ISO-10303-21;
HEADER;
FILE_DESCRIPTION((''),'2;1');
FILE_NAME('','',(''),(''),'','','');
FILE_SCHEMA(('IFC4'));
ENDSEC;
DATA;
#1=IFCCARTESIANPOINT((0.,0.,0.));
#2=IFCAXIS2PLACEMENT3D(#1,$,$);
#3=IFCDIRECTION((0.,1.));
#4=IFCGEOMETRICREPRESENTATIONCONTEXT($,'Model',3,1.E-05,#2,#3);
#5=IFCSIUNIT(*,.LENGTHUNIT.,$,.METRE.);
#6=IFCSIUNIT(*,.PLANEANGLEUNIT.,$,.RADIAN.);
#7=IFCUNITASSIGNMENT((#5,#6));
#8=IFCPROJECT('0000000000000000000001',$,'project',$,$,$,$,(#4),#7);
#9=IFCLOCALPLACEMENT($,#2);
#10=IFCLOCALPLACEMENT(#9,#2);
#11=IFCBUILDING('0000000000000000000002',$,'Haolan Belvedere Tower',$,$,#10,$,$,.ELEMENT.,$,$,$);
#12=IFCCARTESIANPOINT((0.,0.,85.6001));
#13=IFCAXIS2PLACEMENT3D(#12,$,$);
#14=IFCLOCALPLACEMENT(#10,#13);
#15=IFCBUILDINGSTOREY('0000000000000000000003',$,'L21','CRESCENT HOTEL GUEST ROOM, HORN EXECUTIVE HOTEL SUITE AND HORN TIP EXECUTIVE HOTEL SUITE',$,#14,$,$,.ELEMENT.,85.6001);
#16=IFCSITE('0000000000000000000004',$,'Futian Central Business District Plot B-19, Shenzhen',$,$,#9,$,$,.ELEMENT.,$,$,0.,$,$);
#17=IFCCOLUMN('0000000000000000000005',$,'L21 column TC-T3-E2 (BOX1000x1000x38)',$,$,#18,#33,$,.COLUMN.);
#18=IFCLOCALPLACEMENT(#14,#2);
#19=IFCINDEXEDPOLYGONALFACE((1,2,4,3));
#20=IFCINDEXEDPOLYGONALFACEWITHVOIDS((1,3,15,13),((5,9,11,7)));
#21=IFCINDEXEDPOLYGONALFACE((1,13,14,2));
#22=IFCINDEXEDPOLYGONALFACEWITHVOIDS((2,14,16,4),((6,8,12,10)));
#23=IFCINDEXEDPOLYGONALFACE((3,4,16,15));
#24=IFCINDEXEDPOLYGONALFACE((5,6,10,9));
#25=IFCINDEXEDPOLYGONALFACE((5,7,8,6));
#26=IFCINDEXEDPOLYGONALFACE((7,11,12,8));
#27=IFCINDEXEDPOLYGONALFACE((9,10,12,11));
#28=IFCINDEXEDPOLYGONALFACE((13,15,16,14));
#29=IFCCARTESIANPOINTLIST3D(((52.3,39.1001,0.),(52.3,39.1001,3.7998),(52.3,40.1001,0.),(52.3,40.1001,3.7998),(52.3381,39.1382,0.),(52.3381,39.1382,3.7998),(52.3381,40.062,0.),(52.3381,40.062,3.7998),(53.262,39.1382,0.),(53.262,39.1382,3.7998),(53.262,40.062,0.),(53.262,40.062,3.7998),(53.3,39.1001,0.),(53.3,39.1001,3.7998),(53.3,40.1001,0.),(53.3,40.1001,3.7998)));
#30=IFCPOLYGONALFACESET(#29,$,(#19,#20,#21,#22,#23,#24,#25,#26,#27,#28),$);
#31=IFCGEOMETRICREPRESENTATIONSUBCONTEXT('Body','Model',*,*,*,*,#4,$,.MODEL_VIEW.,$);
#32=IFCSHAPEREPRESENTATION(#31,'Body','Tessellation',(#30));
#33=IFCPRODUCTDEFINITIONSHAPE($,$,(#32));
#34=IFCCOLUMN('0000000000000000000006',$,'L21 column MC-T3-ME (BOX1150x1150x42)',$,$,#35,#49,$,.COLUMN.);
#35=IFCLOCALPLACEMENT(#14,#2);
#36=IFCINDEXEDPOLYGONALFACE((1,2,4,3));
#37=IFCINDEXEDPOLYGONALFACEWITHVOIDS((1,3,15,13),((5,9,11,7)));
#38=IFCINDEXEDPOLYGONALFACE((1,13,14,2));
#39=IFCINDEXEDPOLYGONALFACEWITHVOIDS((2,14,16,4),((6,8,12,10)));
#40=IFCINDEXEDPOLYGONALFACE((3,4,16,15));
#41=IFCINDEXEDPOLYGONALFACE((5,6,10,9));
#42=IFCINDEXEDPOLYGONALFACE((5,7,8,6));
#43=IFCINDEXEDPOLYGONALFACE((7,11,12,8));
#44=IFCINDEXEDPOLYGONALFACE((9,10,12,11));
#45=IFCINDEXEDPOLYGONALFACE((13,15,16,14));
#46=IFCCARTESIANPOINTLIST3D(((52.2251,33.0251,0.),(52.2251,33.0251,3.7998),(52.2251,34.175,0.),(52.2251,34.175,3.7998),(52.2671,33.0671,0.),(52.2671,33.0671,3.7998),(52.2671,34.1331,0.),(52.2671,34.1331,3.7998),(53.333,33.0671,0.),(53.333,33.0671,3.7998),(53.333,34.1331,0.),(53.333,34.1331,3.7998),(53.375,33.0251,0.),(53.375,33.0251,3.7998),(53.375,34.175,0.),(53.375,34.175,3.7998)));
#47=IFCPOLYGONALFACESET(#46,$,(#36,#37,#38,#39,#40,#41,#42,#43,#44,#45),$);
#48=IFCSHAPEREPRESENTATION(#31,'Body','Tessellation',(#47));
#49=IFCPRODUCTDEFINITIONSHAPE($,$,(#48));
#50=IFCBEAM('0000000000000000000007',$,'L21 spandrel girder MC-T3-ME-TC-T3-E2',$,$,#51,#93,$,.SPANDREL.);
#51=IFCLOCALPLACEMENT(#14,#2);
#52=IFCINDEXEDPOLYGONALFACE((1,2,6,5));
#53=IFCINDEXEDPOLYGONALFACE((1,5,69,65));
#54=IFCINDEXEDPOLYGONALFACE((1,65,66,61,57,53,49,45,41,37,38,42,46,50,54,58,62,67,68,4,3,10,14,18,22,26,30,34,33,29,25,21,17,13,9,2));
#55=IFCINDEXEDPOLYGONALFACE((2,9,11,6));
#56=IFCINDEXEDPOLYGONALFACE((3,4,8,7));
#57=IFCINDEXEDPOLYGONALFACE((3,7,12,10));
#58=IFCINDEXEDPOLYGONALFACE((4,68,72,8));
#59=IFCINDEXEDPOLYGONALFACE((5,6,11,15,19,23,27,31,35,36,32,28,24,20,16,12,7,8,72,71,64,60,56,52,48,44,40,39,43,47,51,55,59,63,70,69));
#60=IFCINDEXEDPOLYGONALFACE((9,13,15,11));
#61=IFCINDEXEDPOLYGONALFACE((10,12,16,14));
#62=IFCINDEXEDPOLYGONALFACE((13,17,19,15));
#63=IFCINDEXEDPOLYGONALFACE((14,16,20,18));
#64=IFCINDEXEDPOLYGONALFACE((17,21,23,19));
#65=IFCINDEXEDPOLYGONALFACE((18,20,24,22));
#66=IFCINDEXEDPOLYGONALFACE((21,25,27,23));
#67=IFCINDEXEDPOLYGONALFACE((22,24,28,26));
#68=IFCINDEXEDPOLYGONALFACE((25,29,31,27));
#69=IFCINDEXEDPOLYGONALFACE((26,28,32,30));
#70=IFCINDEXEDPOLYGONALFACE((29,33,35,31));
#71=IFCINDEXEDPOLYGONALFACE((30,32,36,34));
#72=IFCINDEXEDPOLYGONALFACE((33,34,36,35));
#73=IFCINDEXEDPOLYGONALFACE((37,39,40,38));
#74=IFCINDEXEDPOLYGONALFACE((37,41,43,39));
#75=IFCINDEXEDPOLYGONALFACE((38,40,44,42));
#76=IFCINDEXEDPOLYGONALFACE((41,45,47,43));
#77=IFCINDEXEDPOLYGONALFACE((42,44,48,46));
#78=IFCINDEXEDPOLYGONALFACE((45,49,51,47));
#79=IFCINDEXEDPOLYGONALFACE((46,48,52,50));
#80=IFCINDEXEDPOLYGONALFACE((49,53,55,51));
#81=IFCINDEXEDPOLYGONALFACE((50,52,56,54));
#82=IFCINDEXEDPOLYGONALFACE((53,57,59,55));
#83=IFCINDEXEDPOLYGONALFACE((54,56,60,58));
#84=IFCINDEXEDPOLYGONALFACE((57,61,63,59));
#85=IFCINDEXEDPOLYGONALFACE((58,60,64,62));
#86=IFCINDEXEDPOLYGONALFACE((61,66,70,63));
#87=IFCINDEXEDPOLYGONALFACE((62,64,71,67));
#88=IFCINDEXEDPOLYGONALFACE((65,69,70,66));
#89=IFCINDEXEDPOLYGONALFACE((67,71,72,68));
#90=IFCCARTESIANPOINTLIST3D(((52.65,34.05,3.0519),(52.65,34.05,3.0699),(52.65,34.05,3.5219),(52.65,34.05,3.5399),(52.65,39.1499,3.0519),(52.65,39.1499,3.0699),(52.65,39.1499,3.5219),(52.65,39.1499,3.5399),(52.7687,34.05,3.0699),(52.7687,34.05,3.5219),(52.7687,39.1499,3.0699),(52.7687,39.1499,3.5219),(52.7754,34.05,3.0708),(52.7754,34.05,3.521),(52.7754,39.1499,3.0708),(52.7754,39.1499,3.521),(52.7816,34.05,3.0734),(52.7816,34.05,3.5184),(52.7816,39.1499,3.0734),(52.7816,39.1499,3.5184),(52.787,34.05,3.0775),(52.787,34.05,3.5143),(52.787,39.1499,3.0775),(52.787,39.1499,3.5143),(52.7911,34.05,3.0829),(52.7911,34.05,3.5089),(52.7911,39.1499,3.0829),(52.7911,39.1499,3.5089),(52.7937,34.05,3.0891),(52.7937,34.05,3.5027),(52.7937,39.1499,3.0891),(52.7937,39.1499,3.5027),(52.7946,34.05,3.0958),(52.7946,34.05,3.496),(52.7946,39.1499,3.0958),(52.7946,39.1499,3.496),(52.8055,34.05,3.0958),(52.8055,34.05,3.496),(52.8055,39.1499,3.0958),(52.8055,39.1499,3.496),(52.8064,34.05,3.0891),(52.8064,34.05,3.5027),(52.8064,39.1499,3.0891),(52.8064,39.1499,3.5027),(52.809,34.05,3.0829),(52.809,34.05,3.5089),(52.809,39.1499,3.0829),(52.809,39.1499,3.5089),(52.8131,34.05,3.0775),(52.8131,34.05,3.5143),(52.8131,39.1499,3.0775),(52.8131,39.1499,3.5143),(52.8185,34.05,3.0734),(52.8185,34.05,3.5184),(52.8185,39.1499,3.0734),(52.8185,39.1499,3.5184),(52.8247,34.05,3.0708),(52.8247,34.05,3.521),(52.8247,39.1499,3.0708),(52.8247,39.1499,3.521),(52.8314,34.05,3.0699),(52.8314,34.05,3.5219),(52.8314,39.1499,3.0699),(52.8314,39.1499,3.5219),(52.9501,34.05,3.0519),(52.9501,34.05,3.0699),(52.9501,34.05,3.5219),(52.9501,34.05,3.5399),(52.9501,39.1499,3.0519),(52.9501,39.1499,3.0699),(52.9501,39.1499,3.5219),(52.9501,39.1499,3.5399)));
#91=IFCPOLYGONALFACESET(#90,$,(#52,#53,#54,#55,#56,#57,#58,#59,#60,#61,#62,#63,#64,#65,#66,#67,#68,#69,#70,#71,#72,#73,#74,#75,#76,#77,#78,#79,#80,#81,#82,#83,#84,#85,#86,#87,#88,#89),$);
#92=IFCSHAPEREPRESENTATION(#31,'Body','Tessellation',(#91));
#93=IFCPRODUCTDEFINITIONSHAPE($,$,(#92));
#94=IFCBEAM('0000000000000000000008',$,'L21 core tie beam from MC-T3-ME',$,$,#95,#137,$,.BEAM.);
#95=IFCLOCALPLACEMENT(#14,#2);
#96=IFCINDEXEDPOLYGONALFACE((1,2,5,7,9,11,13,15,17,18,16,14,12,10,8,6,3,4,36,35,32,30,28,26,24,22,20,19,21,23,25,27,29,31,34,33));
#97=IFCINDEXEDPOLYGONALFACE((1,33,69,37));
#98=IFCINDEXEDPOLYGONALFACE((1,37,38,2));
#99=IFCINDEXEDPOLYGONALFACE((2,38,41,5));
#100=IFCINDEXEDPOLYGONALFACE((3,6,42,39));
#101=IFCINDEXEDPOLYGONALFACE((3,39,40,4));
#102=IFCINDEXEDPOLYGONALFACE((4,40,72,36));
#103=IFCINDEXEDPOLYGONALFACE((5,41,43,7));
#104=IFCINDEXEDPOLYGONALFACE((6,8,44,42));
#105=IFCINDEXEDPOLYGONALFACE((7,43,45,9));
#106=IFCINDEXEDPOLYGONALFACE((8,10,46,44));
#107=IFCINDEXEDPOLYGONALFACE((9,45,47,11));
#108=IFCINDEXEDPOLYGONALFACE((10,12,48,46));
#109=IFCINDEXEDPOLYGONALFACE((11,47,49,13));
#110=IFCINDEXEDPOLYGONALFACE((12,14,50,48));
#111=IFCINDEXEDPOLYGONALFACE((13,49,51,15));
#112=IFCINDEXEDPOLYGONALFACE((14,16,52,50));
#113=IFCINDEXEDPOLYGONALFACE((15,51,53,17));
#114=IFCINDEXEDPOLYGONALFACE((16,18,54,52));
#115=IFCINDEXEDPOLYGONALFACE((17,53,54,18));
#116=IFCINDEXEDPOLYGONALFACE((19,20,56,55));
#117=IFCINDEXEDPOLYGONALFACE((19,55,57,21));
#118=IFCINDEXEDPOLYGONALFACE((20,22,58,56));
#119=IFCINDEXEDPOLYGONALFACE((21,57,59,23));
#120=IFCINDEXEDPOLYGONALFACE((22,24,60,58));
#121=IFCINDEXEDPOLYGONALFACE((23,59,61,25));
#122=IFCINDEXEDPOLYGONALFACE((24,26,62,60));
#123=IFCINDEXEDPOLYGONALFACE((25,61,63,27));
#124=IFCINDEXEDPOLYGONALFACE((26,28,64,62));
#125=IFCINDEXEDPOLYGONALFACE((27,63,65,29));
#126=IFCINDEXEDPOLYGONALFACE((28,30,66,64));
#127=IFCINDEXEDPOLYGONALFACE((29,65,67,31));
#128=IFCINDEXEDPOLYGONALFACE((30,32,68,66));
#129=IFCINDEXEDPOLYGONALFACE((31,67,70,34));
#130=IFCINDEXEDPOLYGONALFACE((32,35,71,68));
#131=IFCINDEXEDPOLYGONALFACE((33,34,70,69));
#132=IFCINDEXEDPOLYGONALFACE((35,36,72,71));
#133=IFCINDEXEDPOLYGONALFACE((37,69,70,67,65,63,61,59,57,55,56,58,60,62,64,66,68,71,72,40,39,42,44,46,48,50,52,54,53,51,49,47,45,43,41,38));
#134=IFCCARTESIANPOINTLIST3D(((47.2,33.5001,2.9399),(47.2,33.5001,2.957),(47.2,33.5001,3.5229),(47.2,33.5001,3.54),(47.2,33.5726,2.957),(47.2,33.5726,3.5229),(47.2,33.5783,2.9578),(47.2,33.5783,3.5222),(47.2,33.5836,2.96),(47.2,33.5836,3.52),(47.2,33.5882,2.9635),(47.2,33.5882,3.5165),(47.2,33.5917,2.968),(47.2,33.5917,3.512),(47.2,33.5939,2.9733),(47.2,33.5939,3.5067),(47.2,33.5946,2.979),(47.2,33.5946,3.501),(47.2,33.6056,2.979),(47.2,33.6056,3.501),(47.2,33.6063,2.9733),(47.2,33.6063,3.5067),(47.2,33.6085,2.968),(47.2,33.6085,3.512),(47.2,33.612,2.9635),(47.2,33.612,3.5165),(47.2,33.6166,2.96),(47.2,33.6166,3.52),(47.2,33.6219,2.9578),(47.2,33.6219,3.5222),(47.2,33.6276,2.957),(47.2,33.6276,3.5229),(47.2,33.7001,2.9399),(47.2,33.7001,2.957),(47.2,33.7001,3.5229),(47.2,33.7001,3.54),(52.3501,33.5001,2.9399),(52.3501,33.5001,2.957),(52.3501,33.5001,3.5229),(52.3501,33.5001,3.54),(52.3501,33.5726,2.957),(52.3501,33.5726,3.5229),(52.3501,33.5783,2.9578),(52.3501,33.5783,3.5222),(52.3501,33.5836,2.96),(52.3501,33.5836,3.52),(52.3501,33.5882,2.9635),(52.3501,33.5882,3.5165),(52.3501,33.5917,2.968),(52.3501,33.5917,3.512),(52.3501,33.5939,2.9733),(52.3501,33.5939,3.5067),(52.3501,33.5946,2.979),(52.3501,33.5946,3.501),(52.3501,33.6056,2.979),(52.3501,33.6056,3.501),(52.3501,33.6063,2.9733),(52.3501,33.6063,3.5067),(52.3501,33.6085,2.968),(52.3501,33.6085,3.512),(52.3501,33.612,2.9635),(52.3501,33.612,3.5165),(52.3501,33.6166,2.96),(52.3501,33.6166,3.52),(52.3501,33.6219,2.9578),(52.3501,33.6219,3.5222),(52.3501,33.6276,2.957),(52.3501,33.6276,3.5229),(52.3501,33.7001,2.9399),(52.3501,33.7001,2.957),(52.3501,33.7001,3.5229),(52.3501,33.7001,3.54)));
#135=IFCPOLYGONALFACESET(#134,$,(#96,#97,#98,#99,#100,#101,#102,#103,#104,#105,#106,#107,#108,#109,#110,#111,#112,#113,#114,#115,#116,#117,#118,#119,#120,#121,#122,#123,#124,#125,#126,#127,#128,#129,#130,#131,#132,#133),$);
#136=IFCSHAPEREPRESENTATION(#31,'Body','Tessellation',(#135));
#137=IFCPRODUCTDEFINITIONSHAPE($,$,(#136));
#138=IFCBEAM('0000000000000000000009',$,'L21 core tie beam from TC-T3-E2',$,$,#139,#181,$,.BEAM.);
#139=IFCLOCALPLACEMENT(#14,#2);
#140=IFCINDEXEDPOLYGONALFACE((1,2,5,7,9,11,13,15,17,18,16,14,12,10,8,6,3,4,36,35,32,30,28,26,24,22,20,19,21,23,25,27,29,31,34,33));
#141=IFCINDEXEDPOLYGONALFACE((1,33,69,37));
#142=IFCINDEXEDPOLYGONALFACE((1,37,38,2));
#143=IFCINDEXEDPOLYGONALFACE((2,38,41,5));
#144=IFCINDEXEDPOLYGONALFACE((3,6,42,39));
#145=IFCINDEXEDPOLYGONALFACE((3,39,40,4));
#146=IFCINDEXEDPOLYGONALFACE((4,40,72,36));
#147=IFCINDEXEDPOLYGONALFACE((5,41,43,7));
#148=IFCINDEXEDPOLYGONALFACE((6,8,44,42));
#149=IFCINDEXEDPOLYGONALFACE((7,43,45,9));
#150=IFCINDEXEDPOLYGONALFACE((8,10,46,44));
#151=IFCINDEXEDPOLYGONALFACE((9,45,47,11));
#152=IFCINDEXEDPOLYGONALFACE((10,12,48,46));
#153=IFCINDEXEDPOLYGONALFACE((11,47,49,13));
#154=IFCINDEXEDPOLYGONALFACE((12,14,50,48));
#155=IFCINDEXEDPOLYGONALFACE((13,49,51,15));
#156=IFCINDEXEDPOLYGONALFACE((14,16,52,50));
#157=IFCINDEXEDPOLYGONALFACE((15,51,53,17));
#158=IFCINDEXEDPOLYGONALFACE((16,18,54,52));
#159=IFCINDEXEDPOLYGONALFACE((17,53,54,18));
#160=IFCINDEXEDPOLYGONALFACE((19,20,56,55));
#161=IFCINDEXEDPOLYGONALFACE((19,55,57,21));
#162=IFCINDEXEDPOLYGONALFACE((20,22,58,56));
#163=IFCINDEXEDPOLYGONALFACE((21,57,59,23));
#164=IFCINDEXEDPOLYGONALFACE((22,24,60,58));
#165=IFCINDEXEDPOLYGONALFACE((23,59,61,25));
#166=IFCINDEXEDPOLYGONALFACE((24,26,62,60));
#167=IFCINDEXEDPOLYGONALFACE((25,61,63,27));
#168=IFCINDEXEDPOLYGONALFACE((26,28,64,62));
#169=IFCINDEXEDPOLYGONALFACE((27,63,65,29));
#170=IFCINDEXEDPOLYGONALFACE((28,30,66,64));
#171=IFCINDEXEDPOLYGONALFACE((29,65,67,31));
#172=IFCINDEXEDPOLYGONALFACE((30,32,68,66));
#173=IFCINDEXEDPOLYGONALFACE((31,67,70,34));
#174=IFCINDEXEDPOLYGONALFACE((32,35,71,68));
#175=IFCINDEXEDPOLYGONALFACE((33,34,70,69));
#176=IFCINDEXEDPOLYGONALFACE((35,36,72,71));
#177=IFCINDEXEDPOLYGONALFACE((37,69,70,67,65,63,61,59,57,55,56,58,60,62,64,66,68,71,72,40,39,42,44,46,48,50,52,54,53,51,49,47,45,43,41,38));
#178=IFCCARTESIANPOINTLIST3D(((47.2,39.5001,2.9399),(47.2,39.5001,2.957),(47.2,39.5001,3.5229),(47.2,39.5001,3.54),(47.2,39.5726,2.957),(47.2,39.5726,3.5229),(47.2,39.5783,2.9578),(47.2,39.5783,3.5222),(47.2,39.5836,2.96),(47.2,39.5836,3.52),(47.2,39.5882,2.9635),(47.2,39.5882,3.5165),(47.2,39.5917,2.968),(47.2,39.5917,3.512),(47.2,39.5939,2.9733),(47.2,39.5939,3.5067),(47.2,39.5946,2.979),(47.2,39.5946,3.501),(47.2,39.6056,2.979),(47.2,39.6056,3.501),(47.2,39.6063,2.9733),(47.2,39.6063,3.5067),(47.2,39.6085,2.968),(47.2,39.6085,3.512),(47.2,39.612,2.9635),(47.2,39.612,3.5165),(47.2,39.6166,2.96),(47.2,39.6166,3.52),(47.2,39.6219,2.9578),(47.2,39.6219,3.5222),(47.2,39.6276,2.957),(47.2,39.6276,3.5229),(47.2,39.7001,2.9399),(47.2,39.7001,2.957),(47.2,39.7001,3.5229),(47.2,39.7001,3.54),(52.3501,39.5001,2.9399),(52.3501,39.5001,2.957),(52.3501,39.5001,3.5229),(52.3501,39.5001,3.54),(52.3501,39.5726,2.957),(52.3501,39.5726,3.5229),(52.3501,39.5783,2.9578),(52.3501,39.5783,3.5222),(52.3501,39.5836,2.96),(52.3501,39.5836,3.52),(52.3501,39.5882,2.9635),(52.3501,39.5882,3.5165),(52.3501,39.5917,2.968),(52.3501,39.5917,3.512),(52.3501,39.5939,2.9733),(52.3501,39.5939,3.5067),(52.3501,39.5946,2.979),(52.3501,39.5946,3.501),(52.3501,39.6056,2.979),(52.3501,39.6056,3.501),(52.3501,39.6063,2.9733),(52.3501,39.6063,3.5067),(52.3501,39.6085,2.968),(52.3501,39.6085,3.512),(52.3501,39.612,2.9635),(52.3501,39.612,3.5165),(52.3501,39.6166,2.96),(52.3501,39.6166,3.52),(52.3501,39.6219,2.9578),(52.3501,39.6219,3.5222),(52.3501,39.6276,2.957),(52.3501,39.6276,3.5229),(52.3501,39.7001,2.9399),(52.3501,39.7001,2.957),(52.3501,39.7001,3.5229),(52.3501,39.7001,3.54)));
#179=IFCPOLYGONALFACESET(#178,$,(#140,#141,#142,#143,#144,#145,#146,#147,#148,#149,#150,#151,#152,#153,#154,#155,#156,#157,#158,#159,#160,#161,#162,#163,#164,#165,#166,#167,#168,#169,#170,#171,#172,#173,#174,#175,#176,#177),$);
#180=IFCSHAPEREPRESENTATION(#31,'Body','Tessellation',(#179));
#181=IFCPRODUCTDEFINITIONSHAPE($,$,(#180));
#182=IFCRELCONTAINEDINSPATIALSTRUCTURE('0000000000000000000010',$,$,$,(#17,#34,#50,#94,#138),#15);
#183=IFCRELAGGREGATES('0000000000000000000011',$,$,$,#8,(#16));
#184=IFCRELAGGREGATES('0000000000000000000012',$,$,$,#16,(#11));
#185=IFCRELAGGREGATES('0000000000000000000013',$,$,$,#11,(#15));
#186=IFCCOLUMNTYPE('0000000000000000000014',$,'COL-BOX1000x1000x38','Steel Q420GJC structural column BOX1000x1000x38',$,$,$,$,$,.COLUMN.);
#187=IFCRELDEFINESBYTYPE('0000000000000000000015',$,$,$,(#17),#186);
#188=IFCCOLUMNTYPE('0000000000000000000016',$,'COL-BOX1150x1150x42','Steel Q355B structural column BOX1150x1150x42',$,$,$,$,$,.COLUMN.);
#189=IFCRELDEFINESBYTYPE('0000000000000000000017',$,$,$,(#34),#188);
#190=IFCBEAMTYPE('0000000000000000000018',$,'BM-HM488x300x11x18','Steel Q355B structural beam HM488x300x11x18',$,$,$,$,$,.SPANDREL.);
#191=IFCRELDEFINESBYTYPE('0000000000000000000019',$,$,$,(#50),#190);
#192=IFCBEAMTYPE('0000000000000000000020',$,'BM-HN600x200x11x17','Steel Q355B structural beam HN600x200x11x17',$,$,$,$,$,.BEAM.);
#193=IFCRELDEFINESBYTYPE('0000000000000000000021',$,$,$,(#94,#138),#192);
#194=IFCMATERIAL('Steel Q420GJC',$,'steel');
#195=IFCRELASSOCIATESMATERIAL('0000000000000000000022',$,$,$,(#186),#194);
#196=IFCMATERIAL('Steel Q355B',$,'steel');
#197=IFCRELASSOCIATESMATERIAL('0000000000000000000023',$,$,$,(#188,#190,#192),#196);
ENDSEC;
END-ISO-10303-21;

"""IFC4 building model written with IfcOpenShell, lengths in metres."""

from ifc_helpers import new_model, si_unit, direction, frame, origin, origin_2d, place, context, subcontext, project, spatial, hollow_rectangle, i_section, extrude, material, material_profile, profile_set, type_object, element, save


model = new_model("IFC4")

# Units and contexts
model_context = context("Model", 3, precision=1e-05, world=origin(), true_north=direction((0.0, 1.0)))
body_context = subcontext(model_context, "Body", "Model", "MODEL_VIEW")
ifc_project = project(units=[si_unit("LENGTHUNIT", "METRE"), si_unit("PLANEANGLEUNIT", "RADIAN")], contexts=[model_context])

# Site, building, storey
site_placement = place(None, origin())
site = spatial("IfcSite", under=ifc_project, at=site_placement, Name="Futian Central Business District Plot B-19, Shenzhen", CompositionType="ELEMENT", RefElevation=0.0)
building_placement = place(site_placement, origin())
building = spatial("IfcBuilding", under=site, at=building_placement, Name="Haolan Belvedere Tower", CompositionType="ELEMENT")
storey_placement = place(building_placement, frame((0.0, 0.0, 85.6001)))
storey = spatial("IfcBuildingStorey", under=building, at=storey_placement, Name="L21", Description="CRESCENT HOTEL GUEST ROOM, HORN EXECUTIVE HOTEL SUITE AND HORN TIP EXECUTIVE HOTEL SUITE", CompositionType="ELEMENT", Elevation=85.6001)

# Columns
ifc_material_1 = material(Name="Steel Q420GJC", Category="steel")
ifc_material_profile_1 = material_profile(ifc_material_1, hollow_rectangle(XDim=1.0, YDim=1.0, WallThickness=0.0381, at=origin_2d()), Name="Steel Q420GJC")
ifc_profile_set_1 = profile_set([ifc_material_profile_1], Name="Steel Q420GJC")
column_type_1 = type_object("IfcColumnType", Name="COL-BOX1000x1000x38", Description="Steel Q420GJC structural column BOX1000x1000x38", PredefinedType="COLUMN", material=ifc_profile_set_1)
column_1_placement = place(storey_placement, frame((52.8, 39.6001, 0.0), z_axis=(0.0, 0.0, 1.0), x_axis=(1.0, 0.0, 0.0)))
element("IfcColumn", 1, at=column_1_placement, inside=storey, type_object=column_type_1, Name="L21 column TC-T3-E2 (BOX1000x1000x38)", PredefinedType="COLUMN", context=body_context, shape_type="SweptSolid", body=[
    extrude(hollow_rectangle(XDim=1.0, YDim=1.0, WallThickness=0.0381, at=origin_2d()), origin(), (0.0, 0.0, 1.0), 3.7998),
])
ifc_material_2 = material(Name="Steel Q355B", Category="steel")
ifc_material_profile_2 = material_profile(ifc_material_2, hollow_rectangle(XDim=1.1499, YDim=1.1499, WallThickness=0.042, at=origin_2d()), Name="Steel Q355B")
ifc_profile_set_2 = profile_set([ifc_material_profile_2], Name="Steel Q355B")
column_type_2 = type_object("IfcColumnType", Name="COL-BOX1150x1150x42", Description="Steel Q355B structural column BOX1150x1150x42", PredefinedType="COLUMN", material=ifc_profile_set_2)
column_2_placement = place(storey_placement, frame((52.8, 33.6001, 0.0), z_axis=(0.0, 0.0, 1.0), x_axis=(1.0, 0.0, 0.0)))
element("IfcColumn", 2, at=column_2_placement, inside=storey, type_object=column_type_2, Name="L21 column MC-T3-ME (BOX1150x1150x42)", PredefinedType="COLUMN", context=body_context, shape_type="SweptSolid", body=[
    extrude(hollow_rectangle(XDim=1.1499, YDim=1.1499, WallThickness=0.042, at=origin_2d()), origin(), (0.0, 0.0, 1.0), 3.7998),
])

# Beams
ifc_material_profile_3 = material_profile(ifc_material_2, i_section(OverallWidth=0.3, OverallDepth=0.488, WebThickness=0.011, FlangeThickness=0.0181, FilletRadius=0.0259, at=origin_2d()), Name="Steel Q355B")
ifc_profile_set_3 = profile_set([ifc_material_profile_3], Name="Steel Q355B")
beam_type_1 = type_object("IfcBeamType", Name="BM-HM488x300x11x18", Description="Steel Q355B structural beam HM488x300x11x18", PredefinedType="SPANDREL", material=ifc_profile_set_3)
beam_placement = place(storey_placement, frame((52.8, 34.05, 3.2959), z_axis=(0.0, 1.0, 0.0), x_axis=(-1.0, 0.0, 0.0)))
element("IfcBeam", 3, at=beam_placement, inside=storey, type_object=beam_type_1, Name="L21 spandrel girder MC-T3-ME-TC-T3-E2", PredefinedType="SPANDREL", context=body_context, shape_type="SweptSolid", body=[
    extrude(i_section(OverallWidth=0.3, OverallDepth=0.488, WebThickness=0.011, FlangeThickness=0.0181, FilletRadius=0.0259, at=origin_2d()), origin(), (0.0, 0.0, 1.0), 5.0999),
])
ifc_material_profile_4 = material_profile(ifc_material_2, i_section(OverallWidth=0.2, OverallDepth=0.6001, WebThickness=0.011, FlangeThickness=0.0171, FilletRadius=0.022, at=origin_2d()), Name="Steel Q355B")
ifc_profile_set_4 = profile_set([ifc_material_profile_4], Name="Steel Q355B")
beam_type_2 = type_object("IfcBeamType", Name="BM-HN600x200x11x17", Description="Steel Q355B structural beam HN600x200x11x17", PredefinedType="BEAM", material=ifc_profile_set_4)
for number, where, z_axis, x_axis, name in (
    (4, (52.3501, 33.6001, 3.24), (-1.0, 0.0, 0.0), (0.0, -1.0, 0.0), "L21 core tie beam from MC-T3-ME"),
    (5, (52.3501, 39.6001, 3.24), (-1.0, 0.0, 0.0), (0.0, -1.0, 0.0), "L21 core tie beam from TC-T3-E2"),
):
    element("IfcBeam", number, at=place(storey_placement, frame(where, z_axis=z_axis, x_axis=x_axis)), inside=storey, type_object=beam_type_2, Name=name, PredefinedType="BEAM", context=body_context, shape_type="SweptSolid", body=[
        extrude(i_section(OverallWidth=0.2, OverallDepth=0.6001, WebThickness=0.011, FlangeThickness=0.0171, FilletRadius=0.022, at=origin_2d()), origin(), (0.0, 0.0, 1.0), 5.1501),
    ])

save(model, "model.ifc")
